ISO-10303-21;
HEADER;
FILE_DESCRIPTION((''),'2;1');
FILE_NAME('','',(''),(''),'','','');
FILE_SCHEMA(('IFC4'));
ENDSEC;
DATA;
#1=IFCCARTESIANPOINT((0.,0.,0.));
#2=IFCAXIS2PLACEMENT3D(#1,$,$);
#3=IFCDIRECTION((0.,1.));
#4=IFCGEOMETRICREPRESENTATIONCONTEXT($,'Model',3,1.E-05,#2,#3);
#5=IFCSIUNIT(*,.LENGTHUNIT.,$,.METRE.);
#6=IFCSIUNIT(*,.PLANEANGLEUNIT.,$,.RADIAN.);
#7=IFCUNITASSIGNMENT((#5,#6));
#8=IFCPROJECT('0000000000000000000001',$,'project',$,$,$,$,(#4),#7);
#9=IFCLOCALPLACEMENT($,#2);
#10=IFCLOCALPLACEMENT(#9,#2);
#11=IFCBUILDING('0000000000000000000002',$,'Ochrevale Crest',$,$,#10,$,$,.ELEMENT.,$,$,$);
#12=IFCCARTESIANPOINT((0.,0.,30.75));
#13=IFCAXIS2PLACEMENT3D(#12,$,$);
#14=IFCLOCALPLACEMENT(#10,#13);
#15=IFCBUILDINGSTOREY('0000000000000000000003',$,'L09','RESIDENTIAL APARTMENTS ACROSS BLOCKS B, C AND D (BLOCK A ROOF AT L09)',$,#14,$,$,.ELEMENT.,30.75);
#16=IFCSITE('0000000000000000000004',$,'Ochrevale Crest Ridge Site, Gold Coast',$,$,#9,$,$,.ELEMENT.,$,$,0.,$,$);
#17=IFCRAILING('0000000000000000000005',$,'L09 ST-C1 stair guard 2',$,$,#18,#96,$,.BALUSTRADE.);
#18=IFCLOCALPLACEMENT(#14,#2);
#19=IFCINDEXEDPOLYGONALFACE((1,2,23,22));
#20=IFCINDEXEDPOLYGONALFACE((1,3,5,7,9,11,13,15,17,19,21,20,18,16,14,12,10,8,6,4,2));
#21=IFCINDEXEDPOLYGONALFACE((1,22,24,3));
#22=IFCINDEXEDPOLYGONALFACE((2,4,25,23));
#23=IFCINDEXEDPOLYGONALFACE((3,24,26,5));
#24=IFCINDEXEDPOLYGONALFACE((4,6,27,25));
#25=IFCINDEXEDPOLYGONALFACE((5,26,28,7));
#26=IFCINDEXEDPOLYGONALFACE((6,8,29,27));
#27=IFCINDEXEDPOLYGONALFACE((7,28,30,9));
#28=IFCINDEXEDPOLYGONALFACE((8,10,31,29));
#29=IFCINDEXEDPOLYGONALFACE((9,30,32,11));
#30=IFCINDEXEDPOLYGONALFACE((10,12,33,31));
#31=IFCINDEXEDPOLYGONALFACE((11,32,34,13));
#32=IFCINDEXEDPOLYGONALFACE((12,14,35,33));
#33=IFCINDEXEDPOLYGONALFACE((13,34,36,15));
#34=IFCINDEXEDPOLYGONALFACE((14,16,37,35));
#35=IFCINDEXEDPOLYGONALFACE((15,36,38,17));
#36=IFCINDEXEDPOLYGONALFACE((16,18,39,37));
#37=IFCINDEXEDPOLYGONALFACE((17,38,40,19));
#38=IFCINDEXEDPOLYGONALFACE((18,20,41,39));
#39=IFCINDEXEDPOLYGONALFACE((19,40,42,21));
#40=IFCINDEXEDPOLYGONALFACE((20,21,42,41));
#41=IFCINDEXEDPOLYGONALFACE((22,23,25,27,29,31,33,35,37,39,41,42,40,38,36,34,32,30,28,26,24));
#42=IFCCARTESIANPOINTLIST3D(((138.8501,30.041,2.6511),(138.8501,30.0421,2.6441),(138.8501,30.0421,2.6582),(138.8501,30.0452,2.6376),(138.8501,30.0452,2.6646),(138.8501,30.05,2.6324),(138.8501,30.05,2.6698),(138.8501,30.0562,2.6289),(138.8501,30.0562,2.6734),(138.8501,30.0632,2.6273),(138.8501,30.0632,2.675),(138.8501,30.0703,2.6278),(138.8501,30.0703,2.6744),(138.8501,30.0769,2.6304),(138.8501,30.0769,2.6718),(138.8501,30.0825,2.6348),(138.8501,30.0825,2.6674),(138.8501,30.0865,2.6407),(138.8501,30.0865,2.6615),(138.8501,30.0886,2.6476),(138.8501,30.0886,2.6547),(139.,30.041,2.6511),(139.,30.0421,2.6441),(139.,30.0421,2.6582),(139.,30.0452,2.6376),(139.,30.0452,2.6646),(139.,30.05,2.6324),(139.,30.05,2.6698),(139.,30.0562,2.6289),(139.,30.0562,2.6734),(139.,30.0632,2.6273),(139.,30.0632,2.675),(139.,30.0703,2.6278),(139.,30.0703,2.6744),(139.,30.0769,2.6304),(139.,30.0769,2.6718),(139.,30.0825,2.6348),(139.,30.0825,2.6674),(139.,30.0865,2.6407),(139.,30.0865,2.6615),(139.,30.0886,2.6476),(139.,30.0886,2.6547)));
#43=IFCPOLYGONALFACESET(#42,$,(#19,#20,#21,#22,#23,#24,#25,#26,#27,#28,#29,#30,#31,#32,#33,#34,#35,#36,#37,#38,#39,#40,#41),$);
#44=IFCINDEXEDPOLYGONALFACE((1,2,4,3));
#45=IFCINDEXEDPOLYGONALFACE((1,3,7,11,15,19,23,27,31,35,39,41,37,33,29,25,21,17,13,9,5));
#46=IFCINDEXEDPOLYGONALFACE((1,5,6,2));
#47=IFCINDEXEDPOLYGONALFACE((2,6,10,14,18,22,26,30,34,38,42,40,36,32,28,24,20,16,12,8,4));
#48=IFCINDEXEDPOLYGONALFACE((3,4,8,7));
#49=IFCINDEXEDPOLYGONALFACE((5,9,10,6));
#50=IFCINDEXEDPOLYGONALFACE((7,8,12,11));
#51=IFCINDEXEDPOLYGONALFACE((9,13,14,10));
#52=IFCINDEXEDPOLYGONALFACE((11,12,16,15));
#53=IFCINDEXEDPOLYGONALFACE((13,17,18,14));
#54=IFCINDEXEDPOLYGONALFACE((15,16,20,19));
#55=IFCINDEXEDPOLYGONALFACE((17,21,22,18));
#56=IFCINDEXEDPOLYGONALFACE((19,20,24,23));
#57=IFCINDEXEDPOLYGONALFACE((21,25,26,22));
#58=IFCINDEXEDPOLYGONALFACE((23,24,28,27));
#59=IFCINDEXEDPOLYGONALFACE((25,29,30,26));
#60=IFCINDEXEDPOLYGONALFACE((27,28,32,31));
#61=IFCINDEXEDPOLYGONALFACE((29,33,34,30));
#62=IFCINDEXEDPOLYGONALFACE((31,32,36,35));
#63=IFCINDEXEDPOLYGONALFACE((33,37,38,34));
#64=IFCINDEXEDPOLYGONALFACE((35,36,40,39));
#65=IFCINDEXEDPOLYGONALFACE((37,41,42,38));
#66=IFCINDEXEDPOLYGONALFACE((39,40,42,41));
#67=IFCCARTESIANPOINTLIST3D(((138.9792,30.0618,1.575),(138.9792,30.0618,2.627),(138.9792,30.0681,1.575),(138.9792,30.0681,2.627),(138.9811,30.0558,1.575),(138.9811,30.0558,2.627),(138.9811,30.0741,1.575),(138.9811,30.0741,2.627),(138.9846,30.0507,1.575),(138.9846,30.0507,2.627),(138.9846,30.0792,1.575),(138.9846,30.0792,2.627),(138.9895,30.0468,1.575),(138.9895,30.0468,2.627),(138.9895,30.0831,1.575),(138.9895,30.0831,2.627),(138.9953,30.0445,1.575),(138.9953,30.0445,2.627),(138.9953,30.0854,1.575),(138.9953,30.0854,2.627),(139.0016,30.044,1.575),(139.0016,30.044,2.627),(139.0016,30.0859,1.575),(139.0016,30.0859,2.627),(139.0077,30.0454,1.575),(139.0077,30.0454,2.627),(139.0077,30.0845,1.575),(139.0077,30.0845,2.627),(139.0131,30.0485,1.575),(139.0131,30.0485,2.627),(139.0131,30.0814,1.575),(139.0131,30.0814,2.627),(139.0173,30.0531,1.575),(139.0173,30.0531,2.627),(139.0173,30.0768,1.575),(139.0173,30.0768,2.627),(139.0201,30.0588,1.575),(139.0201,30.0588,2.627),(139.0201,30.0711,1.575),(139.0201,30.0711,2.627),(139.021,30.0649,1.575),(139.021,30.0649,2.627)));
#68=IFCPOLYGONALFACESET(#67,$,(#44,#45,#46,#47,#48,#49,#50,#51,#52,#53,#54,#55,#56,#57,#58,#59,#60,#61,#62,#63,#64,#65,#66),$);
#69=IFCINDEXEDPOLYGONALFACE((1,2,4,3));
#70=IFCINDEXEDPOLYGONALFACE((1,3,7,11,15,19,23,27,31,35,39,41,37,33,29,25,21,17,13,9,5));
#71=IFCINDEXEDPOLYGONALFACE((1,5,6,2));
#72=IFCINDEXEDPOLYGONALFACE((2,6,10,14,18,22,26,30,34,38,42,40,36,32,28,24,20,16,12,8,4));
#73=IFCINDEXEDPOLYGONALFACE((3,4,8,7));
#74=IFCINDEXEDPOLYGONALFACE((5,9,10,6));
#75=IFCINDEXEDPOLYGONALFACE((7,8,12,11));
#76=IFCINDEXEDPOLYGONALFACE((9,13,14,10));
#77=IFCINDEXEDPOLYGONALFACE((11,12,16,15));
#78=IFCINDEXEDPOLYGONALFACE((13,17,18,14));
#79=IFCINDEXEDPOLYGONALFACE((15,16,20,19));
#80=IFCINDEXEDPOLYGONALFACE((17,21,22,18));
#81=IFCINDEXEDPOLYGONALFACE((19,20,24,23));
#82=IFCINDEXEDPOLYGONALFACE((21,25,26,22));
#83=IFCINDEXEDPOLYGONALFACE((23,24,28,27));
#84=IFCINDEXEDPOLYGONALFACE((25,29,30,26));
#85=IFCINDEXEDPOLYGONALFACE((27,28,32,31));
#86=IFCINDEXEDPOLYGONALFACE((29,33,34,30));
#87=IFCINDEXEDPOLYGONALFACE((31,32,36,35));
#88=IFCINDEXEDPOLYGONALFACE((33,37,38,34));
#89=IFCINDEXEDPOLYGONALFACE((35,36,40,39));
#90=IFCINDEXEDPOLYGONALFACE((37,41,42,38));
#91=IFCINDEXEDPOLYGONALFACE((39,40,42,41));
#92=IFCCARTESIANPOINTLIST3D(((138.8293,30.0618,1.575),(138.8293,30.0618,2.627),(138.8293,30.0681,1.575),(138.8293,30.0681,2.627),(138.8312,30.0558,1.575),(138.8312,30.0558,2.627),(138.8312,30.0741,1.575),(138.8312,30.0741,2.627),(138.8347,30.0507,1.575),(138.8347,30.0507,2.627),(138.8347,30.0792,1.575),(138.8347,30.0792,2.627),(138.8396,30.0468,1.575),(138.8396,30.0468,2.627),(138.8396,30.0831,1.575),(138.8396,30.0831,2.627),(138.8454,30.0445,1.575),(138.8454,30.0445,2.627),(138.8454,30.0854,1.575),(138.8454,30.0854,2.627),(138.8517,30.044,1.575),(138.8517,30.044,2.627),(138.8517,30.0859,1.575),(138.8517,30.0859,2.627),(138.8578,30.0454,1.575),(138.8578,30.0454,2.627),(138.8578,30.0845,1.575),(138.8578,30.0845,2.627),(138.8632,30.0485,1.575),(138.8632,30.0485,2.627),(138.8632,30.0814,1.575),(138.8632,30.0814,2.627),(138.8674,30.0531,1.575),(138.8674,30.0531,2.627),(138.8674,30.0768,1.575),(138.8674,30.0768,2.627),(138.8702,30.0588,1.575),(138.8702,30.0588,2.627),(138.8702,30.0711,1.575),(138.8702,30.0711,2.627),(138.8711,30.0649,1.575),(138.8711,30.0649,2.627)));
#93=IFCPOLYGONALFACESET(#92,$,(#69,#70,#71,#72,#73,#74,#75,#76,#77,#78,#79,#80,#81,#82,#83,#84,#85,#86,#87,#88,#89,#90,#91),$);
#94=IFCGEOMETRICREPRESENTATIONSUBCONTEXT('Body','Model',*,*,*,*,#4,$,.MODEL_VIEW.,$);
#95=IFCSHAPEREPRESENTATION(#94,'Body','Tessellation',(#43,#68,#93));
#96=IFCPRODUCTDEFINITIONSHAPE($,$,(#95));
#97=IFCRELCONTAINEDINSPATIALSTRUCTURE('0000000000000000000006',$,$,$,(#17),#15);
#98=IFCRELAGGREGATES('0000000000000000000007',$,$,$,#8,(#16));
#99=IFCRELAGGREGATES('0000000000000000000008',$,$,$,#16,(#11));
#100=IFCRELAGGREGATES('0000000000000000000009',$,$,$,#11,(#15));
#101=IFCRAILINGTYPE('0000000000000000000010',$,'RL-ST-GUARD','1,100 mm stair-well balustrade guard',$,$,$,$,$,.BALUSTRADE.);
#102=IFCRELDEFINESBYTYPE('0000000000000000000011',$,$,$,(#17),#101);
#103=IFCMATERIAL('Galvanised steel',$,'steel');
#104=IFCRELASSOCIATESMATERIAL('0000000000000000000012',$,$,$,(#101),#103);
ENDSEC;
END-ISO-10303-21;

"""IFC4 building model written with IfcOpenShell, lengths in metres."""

from ifc_helpers import new_model, si_unit, direction, frame, origin, origin_2d, place, context, subcontext, project, spatial, circle, extrude, material, type_object, element, save


model = new_model("IFC4")

# Units and contexts
model_context = context("Model", 3, precision=1e-05, world=origin(), true_north=direction((0.0, 1.0)))
body_context = subcontext(model_context, "Body", "Model", "MODEL_VIEW")
ifc_project = project(units=[si_unit("LENGTHUNIT", "METRE"), si_unit("PLANEANGLEUNIT", "RADIAN")], contexts=[model_context])

# Site, building, storey
site_placement = place(None, origin())
site = spatial("IfcSite", under=ifc_project, at=site_placement, Name="Ochrevale Crest Ridge Site, Gold Coast", CompositionType="ELEMENT", RefElevation=0.0)
building_placement = place(site_placement, origin())
building = spatial("IfcBuilding", under=site, at=building_placement, Name="Ochrevale Crest", CompositionType="ELEMENT")
storey_placement = place(building_placement, frame((0.0, 0.0, 30.75)))
storey = spatial("IfcBuildingStorey", under=building, at=storey_placement, Name="L09", Description="RESIDENTIAL APARTMENTS ACROSS BLOCKS B, C AND D (BLOCK A ROOF AT L09)", CompositionType="ELEMENT", Elevation=30.75)

# Railing
ifc_material_1 = material(Name="Galvanised steel", Category="steel")
railing_type_1 = type_object("IfcRailingType", Name="RL-ST-GUARD", Description="1,100 mm stair-well balustrade guard", PredefinedType="BALUSTRADE", material=ifc_material_1)
railing_1_placement = place(storey_placement, frame((139.0, 30.0649, 1.575)))
element("IfcRailing", 1, at=railing_1_placement, inside=storey, type_object=railing_type_1, Name="L09 ST-C1 stair guard 2", PredefinedType="BALUSTRADE", context=body_context, shape_type="SweptSolid", body=[
    extrude(circle(Radius=0.0239, at=origin_2d()), frame((0.0, 0.0, 1.0762), z_axis=(-1.0, 0.0, 0.0), x_axis=(0.0, -1.0, 0.0)), (0.0, 0.0, 1.0), 0.1499),
    extrude(circle(Radius=0.021, at=origin_2d()), origin(), (0.0, 0.0, 1.0), 1.052),
    extrude(circle(Radius=0.021, at=origin_2d()), frame((-0.1499, 0.0, 0.0)), (0.0, 0.0, 1.0), 1.052),
])

save(model, "model.ifc")
